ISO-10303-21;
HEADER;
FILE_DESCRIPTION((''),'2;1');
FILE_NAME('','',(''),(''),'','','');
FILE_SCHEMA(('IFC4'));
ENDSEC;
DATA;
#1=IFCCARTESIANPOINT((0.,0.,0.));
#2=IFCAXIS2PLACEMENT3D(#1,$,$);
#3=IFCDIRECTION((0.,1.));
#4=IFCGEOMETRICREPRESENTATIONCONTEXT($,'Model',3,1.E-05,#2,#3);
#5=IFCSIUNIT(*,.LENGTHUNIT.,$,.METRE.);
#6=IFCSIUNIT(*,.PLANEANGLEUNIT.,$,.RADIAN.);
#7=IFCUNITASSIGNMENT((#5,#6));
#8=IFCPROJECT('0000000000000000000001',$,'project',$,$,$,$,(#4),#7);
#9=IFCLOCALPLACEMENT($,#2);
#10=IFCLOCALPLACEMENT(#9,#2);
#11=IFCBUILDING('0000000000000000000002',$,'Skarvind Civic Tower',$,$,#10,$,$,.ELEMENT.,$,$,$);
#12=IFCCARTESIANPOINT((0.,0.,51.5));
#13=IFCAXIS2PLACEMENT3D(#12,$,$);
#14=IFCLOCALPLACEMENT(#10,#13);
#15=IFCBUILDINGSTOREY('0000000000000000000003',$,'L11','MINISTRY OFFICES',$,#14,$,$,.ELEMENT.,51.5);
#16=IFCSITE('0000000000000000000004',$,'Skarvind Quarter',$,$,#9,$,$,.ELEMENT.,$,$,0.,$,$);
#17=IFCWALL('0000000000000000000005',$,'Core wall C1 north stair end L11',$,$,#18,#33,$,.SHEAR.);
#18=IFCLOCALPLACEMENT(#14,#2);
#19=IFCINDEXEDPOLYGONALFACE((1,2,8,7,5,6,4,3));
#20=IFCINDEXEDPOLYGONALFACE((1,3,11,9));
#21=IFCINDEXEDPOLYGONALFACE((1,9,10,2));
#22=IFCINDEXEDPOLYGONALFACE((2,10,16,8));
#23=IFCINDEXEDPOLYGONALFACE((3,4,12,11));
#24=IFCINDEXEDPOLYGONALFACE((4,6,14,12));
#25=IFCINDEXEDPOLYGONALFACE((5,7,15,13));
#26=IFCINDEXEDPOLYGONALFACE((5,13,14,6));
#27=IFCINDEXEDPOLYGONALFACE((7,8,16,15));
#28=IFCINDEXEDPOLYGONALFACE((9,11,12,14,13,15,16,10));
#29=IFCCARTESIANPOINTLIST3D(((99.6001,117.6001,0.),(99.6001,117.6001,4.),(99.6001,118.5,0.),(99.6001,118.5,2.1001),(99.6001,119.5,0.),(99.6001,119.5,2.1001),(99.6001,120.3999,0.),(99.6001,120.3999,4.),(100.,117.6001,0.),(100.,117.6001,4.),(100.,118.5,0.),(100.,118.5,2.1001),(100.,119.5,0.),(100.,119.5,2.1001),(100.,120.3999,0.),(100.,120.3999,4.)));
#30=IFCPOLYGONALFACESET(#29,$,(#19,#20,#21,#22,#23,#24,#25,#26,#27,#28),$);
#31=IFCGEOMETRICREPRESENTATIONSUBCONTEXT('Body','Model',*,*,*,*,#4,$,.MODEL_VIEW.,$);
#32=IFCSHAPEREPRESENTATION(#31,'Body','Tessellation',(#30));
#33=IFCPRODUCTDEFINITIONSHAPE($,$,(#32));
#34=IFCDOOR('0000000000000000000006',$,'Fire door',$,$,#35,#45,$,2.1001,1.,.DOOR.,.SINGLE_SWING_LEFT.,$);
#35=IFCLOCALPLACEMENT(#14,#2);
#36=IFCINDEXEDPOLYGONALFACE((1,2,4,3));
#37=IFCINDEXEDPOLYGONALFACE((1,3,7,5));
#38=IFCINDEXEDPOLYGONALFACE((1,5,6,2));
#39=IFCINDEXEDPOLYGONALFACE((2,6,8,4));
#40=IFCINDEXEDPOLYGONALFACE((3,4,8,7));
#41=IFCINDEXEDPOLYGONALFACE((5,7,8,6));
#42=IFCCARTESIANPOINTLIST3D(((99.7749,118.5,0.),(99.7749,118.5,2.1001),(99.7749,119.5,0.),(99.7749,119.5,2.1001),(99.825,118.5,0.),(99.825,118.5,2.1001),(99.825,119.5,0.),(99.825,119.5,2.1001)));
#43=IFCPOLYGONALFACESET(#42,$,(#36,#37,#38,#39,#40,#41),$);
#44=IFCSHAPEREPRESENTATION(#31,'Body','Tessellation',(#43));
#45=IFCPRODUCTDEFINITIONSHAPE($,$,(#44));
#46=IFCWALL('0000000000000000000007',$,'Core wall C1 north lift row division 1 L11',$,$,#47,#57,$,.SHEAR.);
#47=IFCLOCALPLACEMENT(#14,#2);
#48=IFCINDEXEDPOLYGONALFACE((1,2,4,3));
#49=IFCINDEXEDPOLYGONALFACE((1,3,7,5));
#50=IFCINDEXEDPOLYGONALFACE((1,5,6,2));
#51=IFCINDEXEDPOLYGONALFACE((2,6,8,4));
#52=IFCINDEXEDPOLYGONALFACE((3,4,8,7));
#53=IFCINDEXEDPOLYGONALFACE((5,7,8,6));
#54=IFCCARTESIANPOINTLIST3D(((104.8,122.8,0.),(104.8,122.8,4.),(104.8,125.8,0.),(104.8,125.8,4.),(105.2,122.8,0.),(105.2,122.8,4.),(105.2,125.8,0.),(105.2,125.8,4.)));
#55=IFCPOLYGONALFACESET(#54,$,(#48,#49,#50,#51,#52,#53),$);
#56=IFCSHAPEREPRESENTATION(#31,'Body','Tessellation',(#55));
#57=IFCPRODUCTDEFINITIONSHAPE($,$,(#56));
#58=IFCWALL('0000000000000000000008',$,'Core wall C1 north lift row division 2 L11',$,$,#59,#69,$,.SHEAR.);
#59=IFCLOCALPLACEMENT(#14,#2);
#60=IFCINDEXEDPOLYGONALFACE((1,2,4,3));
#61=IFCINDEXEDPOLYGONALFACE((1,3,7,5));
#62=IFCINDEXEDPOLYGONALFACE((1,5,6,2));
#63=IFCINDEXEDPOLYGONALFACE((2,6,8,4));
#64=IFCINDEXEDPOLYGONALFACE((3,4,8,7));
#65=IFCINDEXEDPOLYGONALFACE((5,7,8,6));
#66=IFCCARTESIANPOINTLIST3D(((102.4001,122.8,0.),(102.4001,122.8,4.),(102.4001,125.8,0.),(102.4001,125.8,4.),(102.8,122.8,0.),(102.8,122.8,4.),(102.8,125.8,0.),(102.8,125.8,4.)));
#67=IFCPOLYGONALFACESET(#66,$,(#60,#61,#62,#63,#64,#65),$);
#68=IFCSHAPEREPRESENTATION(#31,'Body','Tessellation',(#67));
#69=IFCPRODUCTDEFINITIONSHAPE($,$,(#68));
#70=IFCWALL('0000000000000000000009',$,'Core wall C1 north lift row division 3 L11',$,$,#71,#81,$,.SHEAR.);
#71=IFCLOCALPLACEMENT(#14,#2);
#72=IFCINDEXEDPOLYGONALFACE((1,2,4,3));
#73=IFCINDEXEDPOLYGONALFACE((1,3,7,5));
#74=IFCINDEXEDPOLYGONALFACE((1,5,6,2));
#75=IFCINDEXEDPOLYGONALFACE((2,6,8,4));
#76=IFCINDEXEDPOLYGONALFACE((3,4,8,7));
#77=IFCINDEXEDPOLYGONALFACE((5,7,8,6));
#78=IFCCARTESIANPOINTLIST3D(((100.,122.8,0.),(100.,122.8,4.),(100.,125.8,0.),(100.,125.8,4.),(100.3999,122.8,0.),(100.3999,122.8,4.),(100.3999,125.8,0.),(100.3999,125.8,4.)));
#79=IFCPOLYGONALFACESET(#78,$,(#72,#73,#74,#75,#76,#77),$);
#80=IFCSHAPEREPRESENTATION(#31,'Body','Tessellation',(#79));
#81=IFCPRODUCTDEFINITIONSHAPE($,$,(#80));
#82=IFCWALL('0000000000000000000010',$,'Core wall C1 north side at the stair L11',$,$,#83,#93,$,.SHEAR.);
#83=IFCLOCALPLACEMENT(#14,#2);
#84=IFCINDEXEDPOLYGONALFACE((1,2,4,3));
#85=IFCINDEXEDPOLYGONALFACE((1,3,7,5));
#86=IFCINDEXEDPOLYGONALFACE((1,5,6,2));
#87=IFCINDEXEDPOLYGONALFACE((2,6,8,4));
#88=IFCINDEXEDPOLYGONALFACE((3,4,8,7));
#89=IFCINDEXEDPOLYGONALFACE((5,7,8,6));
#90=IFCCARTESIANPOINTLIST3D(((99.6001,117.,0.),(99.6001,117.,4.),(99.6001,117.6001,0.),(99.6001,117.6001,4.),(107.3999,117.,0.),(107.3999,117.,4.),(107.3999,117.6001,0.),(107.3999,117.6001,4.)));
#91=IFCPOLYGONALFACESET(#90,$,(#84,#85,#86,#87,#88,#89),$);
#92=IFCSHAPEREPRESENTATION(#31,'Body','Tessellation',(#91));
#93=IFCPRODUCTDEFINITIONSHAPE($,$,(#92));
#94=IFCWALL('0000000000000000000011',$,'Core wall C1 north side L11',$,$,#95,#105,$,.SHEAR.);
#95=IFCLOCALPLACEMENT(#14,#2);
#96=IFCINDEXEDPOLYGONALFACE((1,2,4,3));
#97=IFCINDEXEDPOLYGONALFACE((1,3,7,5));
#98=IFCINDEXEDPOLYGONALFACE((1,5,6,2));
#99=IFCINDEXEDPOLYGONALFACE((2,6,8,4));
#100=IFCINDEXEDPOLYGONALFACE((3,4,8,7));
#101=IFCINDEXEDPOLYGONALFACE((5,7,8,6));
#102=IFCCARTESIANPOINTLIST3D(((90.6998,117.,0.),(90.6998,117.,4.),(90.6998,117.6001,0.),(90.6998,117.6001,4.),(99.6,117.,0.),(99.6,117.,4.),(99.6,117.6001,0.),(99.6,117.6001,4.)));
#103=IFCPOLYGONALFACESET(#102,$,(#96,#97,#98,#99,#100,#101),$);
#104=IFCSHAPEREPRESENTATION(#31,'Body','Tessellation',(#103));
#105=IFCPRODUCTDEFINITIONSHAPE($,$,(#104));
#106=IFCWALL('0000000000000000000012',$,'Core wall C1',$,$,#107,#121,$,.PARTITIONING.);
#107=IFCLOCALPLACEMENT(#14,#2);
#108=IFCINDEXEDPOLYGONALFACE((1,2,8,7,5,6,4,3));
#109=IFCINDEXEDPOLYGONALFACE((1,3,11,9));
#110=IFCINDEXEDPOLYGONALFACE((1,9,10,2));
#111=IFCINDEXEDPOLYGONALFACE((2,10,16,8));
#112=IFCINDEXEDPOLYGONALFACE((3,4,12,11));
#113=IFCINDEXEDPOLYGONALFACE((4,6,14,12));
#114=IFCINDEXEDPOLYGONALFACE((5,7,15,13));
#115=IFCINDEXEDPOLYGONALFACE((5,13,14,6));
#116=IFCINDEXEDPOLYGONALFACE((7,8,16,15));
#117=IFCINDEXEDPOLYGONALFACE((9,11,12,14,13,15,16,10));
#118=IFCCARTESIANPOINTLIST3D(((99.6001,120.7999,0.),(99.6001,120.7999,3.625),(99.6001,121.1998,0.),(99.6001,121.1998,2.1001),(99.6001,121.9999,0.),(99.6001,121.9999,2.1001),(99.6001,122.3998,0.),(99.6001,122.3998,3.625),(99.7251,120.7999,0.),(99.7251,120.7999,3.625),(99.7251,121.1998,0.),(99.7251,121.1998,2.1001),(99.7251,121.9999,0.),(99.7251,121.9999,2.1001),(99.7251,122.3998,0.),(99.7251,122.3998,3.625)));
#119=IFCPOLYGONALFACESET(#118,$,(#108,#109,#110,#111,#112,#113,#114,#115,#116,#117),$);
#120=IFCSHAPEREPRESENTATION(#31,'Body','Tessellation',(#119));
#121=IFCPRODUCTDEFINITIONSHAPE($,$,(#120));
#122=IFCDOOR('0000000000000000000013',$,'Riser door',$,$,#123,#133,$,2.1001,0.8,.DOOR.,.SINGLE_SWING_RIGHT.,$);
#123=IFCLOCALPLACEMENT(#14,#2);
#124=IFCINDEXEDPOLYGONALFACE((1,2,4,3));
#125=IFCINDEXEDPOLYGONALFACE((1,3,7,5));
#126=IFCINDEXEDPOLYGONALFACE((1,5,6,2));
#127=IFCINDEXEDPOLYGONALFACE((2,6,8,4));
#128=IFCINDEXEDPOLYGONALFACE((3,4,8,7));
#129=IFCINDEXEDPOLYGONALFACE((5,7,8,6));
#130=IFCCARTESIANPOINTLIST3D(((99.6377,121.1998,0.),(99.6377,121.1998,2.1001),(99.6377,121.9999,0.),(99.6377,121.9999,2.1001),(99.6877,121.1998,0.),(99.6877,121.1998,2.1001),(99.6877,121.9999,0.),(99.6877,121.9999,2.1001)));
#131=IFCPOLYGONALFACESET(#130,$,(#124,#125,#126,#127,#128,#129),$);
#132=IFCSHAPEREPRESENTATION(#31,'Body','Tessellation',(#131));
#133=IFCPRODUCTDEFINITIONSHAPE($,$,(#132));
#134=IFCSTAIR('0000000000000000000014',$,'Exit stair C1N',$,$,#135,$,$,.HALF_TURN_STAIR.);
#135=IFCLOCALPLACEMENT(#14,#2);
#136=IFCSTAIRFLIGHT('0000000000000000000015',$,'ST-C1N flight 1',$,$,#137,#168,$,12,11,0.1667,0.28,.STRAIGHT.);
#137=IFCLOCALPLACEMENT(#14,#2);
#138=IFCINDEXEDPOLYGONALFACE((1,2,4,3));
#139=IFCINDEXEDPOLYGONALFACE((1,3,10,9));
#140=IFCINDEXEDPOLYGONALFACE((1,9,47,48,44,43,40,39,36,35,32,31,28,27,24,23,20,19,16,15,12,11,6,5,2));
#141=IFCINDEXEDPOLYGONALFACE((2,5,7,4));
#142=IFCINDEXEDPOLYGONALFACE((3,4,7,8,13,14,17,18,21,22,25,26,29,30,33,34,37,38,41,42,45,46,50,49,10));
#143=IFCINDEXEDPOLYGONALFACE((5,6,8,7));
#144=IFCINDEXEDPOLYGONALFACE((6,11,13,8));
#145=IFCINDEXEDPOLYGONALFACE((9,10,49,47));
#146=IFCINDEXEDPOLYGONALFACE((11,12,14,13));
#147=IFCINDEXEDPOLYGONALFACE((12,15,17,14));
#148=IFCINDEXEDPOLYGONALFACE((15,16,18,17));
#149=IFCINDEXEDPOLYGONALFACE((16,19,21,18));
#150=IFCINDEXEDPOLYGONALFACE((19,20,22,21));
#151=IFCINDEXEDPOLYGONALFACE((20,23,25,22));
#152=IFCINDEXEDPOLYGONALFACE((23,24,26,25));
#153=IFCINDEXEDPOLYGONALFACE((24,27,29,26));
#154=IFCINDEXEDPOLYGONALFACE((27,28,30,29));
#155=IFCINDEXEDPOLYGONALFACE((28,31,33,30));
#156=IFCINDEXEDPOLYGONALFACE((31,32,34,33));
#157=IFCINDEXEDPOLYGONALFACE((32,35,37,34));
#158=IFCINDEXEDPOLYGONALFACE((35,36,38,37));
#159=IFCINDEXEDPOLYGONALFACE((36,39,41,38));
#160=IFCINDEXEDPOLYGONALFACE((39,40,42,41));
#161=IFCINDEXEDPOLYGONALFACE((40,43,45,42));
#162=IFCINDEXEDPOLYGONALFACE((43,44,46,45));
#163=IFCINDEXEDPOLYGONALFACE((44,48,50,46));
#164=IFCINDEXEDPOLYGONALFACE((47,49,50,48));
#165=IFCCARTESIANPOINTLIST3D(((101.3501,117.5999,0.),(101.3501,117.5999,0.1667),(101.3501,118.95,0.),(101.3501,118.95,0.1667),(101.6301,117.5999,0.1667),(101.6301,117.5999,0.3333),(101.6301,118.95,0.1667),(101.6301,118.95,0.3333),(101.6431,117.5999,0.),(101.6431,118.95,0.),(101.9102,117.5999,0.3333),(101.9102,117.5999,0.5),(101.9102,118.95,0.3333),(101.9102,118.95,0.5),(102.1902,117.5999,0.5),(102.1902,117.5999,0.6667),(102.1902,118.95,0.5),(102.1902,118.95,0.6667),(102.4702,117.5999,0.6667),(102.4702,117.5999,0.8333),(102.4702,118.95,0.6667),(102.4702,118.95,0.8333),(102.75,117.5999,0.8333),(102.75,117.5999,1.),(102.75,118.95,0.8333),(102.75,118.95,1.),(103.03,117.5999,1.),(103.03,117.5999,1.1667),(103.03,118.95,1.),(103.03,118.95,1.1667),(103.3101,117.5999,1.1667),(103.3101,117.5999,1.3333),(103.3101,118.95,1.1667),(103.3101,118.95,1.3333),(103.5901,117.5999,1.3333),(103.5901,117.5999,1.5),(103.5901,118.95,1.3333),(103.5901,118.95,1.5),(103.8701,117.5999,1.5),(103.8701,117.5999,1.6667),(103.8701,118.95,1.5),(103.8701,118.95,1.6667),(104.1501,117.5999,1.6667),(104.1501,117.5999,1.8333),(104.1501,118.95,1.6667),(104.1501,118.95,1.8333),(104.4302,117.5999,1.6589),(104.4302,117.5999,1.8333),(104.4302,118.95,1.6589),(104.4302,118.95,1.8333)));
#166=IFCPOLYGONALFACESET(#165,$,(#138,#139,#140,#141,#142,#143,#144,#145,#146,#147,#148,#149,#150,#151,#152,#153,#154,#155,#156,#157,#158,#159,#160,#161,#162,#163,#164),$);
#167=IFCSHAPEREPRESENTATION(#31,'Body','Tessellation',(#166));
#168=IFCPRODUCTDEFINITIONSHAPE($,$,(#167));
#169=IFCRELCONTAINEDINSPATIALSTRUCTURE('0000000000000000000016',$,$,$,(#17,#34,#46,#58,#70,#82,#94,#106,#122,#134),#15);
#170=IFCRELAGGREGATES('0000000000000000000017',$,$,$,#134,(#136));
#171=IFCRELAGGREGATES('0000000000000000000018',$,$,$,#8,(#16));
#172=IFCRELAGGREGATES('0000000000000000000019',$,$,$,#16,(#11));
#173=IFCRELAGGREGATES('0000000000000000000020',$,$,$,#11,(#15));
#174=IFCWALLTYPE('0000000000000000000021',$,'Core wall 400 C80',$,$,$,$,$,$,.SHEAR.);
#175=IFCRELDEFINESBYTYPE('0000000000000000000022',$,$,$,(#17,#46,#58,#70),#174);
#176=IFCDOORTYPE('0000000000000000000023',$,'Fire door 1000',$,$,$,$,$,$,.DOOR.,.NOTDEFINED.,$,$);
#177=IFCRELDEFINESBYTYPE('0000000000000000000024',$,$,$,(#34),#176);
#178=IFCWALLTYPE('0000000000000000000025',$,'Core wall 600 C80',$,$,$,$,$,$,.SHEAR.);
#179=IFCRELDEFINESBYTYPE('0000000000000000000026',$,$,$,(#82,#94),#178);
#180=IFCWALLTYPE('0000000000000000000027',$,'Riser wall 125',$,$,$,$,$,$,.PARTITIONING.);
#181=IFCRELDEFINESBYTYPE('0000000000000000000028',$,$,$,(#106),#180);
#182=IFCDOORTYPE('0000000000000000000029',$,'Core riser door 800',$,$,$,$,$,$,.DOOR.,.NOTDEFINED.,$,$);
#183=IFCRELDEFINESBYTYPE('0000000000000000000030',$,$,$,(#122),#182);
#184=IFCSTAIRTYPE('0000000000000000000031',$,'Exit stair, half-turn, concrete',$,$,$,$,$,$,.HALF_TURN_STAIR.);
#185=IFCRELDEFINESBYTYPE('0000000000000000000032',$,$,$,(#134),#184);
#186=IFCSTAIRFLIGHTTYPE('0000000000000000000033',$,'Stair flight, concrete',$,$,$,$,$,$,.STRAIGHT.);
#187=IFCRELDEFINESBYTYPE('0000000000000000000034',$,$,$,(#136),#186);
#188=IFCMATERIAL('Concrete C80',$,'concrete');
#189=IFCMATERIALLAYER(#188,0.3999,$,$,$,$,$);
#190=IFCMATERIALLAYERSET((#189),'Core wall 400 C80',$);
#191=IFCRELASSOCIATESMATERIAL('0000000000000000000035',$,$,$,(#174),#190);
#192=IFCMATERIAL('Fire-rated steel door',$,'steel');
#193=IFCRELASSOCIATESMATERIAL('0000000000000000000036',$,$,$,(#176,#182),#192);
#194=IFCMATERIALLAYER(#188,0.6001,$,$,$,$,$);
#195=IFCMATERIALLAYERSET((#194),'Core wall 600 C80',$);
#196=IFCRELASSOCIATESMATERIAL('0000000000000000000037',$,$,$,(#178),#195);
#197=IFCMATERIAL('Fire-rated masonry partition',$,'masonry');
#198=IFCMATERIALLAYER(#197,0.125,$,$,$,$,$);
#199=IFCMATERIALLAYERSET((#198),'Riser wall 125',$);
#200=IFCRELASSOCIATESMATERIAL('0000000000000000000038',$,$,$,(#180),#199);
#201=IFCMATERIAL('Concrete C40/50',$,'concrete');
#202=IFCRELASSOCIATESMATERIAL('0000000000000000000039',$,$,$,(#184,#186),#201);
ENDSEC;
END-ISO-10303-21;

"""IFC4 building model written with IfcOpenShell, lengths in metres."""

from ifc_helpers import new_model, si_unit, direction, frame, frame_2d, origin, place, context, subcontext, project, spatial, polyline, rectangle, outline, extrude, material, layer, layer_set, type_object, element, fill, aggregate, save


model = new_model("IFC4")

# Units and contexts
model_context = context("Model", 3, precision=1e-05, world=origin(), true_north=direction((0.0, 1.0)))
body_context = subcontext(model_context, "Body", "Model", "MODEL_VIEW")
ifc_project = project(units=[si_unit("LENGTHUNIT", "METRE"), si_unit("PLANEANGLEUNIT", "RADIAN")], contexts=[model_context])

# Site, building, storey
site_placement = place(None, origin())
site = spatial("IfcSite", under=ifc_project, at=site_placement, Name="Skarvind Quarter", CompositionType="ELEMENT", RefElevation=0.0)
building_placement = place(site_placement, origin())
building = spatial("IfcBuilding", under=site, at=building_placement, Name="Skarvind Civic Tower", CompositionType="ELEMENT")
storey_placement = place(building_placement, frame((0.0, 0.0, 51.5)))
storey = spatial("IfcBuildingStorey", under=building, at=storey_placement, Name="L11", Description="MINISTRY OFFICES", CompositionType="ELEMENT", Elevation=51.5)

# Wall, opening, door
ifc_material_1 = material(Name="Concrete C80", Category="concrete")
ifc_layer_1 = layer(ifc_material_1, 0.3999)
ifc_layer_set_1 = layer_set([ifc_layer_1], Name="Core wall 400 C80")
wall_type_1 = type_object("IfcWallType", Name="Core wall 400 C80", PredefinedType="SHEAR", material=ifc_layer_set_1)
wall_1_placement = place(storey_placement, frame((99.8, 120.3999, 0.0), z_axis=(0.0, 0.0, 1.0), x_axis=(0.0, -1.0, 0.0)))
wall_1 = element("IfcWall", 1, at=wall_1_placement, inside=storey, type_object=wall_type_1, Name="Core wall C1 north stair end L11", PredefinedType="SHEAR", context=body_context, shape_type="SweptSolid", body=[
    extrude(rectangle(XDim=2.7998, YDim=0.3999, at=frame_2d((1.3999, 0.0))), origin(), (0.0, 0.0, 1.0), 4.0),
])
opening_1_placement = place(wall_1_placement, frame((0.8999, 0.0, 0.0)))
opening_1 = element("IfcOpeningElement", 2, at=opening_1_placement, cuts=wall_1, PredefinedType="OPENING", context=body_context, shape_type="SweptSolid", body=[
    extrude(rectangle(XDim=1.0, YDim=2.1001, at=frame_2d((0.5, 1.05))), frame((0.0, 0.21, 0.0), z_axis=(0.0, -1.0, 0.0), x_axis=(1.0, 0.0, 0.0)), (0.0, 0.0, 1.0), 0.4199),
])
ifc_material_2 = material(Name="Fire-rated steel door", Category="steel")
door_type_1 = type_object("IfcDoorType", Name="Fire door 1000", OperationType="NOTDEFINED", PredefinedType="DOOR", material=ifc_material_2)
door_1_placement = place(opening_1_placement, origin())
door_1 = element("IfcDoor", 3, at=door_1_placement, inside=storey, type_object=door_type_1, Name="Fire door", OperationType="SINGLE_SWING_LEFT", OverallHeight=2.1001, OverallWidth=1.0, PredefinedType="DOOR", context=body_context, shape_type="SweptSolid", body=[
    extrude(rectangle(XDim=1.0, YDim=2.1001, at=frame_2d((0.5, 1.05))), frame((0.0, 0.0249, 0.0), z_axis=(0.0, -1.0, 0.0), x_axis=(1.0, 0.0, 0.0)), (0.0, 0.0, 1.0), 0.05),
])
fill(opening_1, door_1)

# Walls
for number, where, z_axis, x_axis, name in (
    (4, (105.0, 125.8, 0.0), (0.0, 0.0, 1.0), (0.0, -1.0, 0.0), "Core wall C1 north lift row division 1 L11"),
    (5, (102.6001, 125.8, 0.0), (0.0, 0.0, 1.0), (0.0, -1.0, 0.0), "Core wall C1 north lift row division 2 L11"),
    (6, (100.2, 125.8, 0.0), (0.0, 0.0, 1.0), (0.0, -1.0, 0.0), "Core wall C1 north lift row division 3 L11"),
):
    element("IfcWall", number, at=place(storey_placement, frame(where, z_axis=z_axis, x_axis=x_axis)), inside=storey, type_object=wall_type_1, Name=name, PredefinedType="SHEAR", context=body_context, shape_type="SweptSolid", body=[
        extrude(rectangle(XDim=3.0, YDim=0.3999, at=frame_2d((1.5, 0.0))), origin(), (0.0, 0.0, 1.0), 4.0),
    ])
ifc_layer_2 = layer(ifc_material_1, 0.6001)
ifc_layer_set_2 = layer_set([ifc_layer_2], Name="Core wall 600 C80")
wall_type_2 = type_object("IfcWallType", Name="Core wall 600 C80", PredefinedType="SHEAR", material=ifc_layer_set_2)
wall_2_placement = place(storey_placement, frame((107.3999, 117.3, 0.0), z_axis=(0.0, 0.0, 1.0), x_axis=(-1.0, 0.0, 0.0)))
element("IfcWall", 7, at=wall_2_placement, inside=storey, type_object=wall_type_2, Name="Core wall C1 north side at the stair L11", PredefinedType="SHEAR", context=body_context, shape_type="SweptSolid", body=[
    extrude(rectangle(XDim=7.7998, YDim=0.6001, at=frame_2d((3.8999, 0.0))), origin(), (0.0, 0.0, 1.0), 4.0),
])
wall_3_placement = place(storey_placement, frame((99.6001, 117.3, 0.0), z_axis=(0.0, 0.0, 1.0), x_axis=(-1.0, 0.0, 0.0)))
element("IfcWall", 8, at=wall_3_placement, inside=storey, type_object=wall_type_2, Name="Core wall C1 north side L11", PredefinedType="SHEAR", context=body_context, shape_type="SweptSolid", body=[
    extrude(rectangle(XDim=8.9001, YDim=0.6001, at=frame_2d((4.4502, 0.0))), origin(), (0.0, 0.0, 1.0), 4.0),
])

# Wall, opening, door
ifc_material_3 = material(Name="Fire-rated masonry partition", Category="masonry")
ifc_layer_3 = layer(ifc_material_3, 0.125)
ifc_layer_set_3 = layer_set([ifc_layer_3], Name="Riser wall 125")
wall_type_3 = type_object("IfcWallType", Name="Riser wall 125", PredefinedType="PARTITIONING", material=ifc_layer_set_3)
wall_4_placement = place(storey_placement, frame((99.6626, 120.8, 0.0), z_axis=(0.0, 0.0, 1.0), x_axis=(0.0, 1.0, 0.0)))
wall_4 = element("IfcWall", 9, at=wall_4_placement, inside=storey, type_object=wall_type_3, Name="Core wall C1", PredefinedType="PARTITIONING", context=body_context, shape_type="SweptSolid", body=[
    extrude(rectangle(XDim=1.5999, YDim=0.125, at=frame_2d((0.7998, 0.0))), origin(), (0.0, 0.0, 1.0), 3.625),
])
opening_2_placement = place(wall_4_placement, frame((0.3999, 0.0, 0.0)))
opening_2 = element("IfcOpeningElement", 10, at=opening_2_placement, cuts=wall_4, PredefinedType="OPENING", context=body_context, shape_type="SweptSolid", body=[
    extrude(rectangle(XDim=0.8, YDim=2.1001, at=frame_2d((0.3999, 1.05))), frame((0.0, 0.0725, 0.0), z_axis=(0.0, -1.0, 0.0), x_axis=(1.0, 0.0, 0.0)), (0.0, 0.0, 1.0), 0.145),
])
door_type_2 = type_object("IfcDoorType", Name="Core riser door 800", OperationType="NOTDEFINED", PredefinedType="DOOR", material=ifc_material_2)
door_2_placement = place(opening_2_placement, origin())
door_2 = element("IfcDoor", 11, at=door_2_placement, inside=storey, type_object=door_type_2, Name="Riser door", OperationType="SINGLE_SWING_RIGHT", OverallHeight=2.1001, OverallWidth=0.8, PredefinedType="DOOR", context=body_context, shape_type="SweptSolid", body=[
    extrude(rectangle(XDim=0.8, YDim=2.1001, at=frame_2d((0.3999, 1.05))), frame((0.0, 0.0249, 0.0), z_axis=(0.0, -1.0, 0.0), x_axis=(1.0, 0.0, 0.0)), (0.0, 0.0, 1.0), 0.05),
])
fill(opening_2, door_2)

# Stair, stair flight
ifc_material_4 = material(Name="Concrete C40/50", Category="concrete")
stair_type = type_object("IfcStairType", Name="Exit stair, half-turn, concrete", PredefinedType="HALF_TURN_STAIR", material=ifc_material_4)
stair_placement = place(storey_placement, origin())
stair = element("IfcStair", 12, at=stair_placement, inside=storey, type_object=stair_type, Name="Exit stair C1N", PredefinedType="HALF_TURN_STAIR")
stair_flight_type = type_object("IfcStairFlightType", Name="Stair flight, concrete", PredefinedType="STRAIGHT", material=ifc_material_4)
stair_flight_1_placement = place(storey_placement, frame((101.3501, 118.2749, 0.0), z_axis=(0.0, 0.0, 1.0), x_axis=(1.0, 0.0, 0.0)))
stair_flight_1 = element("IfcStairFlight", 13, at=stair_flight_1_placement, type_object=stair_flight_type, Name="ST-C1N flight 1", NumberOfRisers=12, NumberOfTreads=11, PredefinedType="STRAIGHT", RiserHeight=0.1667, TreadLength=0.28, context=body_context, shape_type="SweptSolid", body=[
    extrude(outline(polyline([(0.0, 0.0), (0.0, 0.1667), (0.28, 0.1667), (0.28, 0.3333), (0.5601, 0.3333), (0.5601, 0.5), (0.8401, 0.5), (0.8401, 0.6667), (1.1201, 0.6667), (1.1201, 0.8333), (1.3999, 0.8333), (1.3999, 1.0), (1.6799, 1.0), (1.6799, 1.1667), (1.96, 1.1667), (1.96, 1.3333), (2.24, 1.3333), (2.24, 1.5), (2.52, 1.5), (2.52, 1.6667), (2.8, 1.6667), (2.8, 1.8333), (3.0801, 1.8333), (3.0801, 2.0), (3.0801, 1.6589), (0.293, 0.0), (0.0, 0.0)])), frame((0.0, 0.675, 0.0), z_axis=(0.0, -1.0, 0.0), x_axis=(1.0, 0.0, 0.0)), (0.0, 0.0, 1.0), 1.3501),
])
aggregate(stair, [stair_flight_1])

save(model, "model.ifc")
